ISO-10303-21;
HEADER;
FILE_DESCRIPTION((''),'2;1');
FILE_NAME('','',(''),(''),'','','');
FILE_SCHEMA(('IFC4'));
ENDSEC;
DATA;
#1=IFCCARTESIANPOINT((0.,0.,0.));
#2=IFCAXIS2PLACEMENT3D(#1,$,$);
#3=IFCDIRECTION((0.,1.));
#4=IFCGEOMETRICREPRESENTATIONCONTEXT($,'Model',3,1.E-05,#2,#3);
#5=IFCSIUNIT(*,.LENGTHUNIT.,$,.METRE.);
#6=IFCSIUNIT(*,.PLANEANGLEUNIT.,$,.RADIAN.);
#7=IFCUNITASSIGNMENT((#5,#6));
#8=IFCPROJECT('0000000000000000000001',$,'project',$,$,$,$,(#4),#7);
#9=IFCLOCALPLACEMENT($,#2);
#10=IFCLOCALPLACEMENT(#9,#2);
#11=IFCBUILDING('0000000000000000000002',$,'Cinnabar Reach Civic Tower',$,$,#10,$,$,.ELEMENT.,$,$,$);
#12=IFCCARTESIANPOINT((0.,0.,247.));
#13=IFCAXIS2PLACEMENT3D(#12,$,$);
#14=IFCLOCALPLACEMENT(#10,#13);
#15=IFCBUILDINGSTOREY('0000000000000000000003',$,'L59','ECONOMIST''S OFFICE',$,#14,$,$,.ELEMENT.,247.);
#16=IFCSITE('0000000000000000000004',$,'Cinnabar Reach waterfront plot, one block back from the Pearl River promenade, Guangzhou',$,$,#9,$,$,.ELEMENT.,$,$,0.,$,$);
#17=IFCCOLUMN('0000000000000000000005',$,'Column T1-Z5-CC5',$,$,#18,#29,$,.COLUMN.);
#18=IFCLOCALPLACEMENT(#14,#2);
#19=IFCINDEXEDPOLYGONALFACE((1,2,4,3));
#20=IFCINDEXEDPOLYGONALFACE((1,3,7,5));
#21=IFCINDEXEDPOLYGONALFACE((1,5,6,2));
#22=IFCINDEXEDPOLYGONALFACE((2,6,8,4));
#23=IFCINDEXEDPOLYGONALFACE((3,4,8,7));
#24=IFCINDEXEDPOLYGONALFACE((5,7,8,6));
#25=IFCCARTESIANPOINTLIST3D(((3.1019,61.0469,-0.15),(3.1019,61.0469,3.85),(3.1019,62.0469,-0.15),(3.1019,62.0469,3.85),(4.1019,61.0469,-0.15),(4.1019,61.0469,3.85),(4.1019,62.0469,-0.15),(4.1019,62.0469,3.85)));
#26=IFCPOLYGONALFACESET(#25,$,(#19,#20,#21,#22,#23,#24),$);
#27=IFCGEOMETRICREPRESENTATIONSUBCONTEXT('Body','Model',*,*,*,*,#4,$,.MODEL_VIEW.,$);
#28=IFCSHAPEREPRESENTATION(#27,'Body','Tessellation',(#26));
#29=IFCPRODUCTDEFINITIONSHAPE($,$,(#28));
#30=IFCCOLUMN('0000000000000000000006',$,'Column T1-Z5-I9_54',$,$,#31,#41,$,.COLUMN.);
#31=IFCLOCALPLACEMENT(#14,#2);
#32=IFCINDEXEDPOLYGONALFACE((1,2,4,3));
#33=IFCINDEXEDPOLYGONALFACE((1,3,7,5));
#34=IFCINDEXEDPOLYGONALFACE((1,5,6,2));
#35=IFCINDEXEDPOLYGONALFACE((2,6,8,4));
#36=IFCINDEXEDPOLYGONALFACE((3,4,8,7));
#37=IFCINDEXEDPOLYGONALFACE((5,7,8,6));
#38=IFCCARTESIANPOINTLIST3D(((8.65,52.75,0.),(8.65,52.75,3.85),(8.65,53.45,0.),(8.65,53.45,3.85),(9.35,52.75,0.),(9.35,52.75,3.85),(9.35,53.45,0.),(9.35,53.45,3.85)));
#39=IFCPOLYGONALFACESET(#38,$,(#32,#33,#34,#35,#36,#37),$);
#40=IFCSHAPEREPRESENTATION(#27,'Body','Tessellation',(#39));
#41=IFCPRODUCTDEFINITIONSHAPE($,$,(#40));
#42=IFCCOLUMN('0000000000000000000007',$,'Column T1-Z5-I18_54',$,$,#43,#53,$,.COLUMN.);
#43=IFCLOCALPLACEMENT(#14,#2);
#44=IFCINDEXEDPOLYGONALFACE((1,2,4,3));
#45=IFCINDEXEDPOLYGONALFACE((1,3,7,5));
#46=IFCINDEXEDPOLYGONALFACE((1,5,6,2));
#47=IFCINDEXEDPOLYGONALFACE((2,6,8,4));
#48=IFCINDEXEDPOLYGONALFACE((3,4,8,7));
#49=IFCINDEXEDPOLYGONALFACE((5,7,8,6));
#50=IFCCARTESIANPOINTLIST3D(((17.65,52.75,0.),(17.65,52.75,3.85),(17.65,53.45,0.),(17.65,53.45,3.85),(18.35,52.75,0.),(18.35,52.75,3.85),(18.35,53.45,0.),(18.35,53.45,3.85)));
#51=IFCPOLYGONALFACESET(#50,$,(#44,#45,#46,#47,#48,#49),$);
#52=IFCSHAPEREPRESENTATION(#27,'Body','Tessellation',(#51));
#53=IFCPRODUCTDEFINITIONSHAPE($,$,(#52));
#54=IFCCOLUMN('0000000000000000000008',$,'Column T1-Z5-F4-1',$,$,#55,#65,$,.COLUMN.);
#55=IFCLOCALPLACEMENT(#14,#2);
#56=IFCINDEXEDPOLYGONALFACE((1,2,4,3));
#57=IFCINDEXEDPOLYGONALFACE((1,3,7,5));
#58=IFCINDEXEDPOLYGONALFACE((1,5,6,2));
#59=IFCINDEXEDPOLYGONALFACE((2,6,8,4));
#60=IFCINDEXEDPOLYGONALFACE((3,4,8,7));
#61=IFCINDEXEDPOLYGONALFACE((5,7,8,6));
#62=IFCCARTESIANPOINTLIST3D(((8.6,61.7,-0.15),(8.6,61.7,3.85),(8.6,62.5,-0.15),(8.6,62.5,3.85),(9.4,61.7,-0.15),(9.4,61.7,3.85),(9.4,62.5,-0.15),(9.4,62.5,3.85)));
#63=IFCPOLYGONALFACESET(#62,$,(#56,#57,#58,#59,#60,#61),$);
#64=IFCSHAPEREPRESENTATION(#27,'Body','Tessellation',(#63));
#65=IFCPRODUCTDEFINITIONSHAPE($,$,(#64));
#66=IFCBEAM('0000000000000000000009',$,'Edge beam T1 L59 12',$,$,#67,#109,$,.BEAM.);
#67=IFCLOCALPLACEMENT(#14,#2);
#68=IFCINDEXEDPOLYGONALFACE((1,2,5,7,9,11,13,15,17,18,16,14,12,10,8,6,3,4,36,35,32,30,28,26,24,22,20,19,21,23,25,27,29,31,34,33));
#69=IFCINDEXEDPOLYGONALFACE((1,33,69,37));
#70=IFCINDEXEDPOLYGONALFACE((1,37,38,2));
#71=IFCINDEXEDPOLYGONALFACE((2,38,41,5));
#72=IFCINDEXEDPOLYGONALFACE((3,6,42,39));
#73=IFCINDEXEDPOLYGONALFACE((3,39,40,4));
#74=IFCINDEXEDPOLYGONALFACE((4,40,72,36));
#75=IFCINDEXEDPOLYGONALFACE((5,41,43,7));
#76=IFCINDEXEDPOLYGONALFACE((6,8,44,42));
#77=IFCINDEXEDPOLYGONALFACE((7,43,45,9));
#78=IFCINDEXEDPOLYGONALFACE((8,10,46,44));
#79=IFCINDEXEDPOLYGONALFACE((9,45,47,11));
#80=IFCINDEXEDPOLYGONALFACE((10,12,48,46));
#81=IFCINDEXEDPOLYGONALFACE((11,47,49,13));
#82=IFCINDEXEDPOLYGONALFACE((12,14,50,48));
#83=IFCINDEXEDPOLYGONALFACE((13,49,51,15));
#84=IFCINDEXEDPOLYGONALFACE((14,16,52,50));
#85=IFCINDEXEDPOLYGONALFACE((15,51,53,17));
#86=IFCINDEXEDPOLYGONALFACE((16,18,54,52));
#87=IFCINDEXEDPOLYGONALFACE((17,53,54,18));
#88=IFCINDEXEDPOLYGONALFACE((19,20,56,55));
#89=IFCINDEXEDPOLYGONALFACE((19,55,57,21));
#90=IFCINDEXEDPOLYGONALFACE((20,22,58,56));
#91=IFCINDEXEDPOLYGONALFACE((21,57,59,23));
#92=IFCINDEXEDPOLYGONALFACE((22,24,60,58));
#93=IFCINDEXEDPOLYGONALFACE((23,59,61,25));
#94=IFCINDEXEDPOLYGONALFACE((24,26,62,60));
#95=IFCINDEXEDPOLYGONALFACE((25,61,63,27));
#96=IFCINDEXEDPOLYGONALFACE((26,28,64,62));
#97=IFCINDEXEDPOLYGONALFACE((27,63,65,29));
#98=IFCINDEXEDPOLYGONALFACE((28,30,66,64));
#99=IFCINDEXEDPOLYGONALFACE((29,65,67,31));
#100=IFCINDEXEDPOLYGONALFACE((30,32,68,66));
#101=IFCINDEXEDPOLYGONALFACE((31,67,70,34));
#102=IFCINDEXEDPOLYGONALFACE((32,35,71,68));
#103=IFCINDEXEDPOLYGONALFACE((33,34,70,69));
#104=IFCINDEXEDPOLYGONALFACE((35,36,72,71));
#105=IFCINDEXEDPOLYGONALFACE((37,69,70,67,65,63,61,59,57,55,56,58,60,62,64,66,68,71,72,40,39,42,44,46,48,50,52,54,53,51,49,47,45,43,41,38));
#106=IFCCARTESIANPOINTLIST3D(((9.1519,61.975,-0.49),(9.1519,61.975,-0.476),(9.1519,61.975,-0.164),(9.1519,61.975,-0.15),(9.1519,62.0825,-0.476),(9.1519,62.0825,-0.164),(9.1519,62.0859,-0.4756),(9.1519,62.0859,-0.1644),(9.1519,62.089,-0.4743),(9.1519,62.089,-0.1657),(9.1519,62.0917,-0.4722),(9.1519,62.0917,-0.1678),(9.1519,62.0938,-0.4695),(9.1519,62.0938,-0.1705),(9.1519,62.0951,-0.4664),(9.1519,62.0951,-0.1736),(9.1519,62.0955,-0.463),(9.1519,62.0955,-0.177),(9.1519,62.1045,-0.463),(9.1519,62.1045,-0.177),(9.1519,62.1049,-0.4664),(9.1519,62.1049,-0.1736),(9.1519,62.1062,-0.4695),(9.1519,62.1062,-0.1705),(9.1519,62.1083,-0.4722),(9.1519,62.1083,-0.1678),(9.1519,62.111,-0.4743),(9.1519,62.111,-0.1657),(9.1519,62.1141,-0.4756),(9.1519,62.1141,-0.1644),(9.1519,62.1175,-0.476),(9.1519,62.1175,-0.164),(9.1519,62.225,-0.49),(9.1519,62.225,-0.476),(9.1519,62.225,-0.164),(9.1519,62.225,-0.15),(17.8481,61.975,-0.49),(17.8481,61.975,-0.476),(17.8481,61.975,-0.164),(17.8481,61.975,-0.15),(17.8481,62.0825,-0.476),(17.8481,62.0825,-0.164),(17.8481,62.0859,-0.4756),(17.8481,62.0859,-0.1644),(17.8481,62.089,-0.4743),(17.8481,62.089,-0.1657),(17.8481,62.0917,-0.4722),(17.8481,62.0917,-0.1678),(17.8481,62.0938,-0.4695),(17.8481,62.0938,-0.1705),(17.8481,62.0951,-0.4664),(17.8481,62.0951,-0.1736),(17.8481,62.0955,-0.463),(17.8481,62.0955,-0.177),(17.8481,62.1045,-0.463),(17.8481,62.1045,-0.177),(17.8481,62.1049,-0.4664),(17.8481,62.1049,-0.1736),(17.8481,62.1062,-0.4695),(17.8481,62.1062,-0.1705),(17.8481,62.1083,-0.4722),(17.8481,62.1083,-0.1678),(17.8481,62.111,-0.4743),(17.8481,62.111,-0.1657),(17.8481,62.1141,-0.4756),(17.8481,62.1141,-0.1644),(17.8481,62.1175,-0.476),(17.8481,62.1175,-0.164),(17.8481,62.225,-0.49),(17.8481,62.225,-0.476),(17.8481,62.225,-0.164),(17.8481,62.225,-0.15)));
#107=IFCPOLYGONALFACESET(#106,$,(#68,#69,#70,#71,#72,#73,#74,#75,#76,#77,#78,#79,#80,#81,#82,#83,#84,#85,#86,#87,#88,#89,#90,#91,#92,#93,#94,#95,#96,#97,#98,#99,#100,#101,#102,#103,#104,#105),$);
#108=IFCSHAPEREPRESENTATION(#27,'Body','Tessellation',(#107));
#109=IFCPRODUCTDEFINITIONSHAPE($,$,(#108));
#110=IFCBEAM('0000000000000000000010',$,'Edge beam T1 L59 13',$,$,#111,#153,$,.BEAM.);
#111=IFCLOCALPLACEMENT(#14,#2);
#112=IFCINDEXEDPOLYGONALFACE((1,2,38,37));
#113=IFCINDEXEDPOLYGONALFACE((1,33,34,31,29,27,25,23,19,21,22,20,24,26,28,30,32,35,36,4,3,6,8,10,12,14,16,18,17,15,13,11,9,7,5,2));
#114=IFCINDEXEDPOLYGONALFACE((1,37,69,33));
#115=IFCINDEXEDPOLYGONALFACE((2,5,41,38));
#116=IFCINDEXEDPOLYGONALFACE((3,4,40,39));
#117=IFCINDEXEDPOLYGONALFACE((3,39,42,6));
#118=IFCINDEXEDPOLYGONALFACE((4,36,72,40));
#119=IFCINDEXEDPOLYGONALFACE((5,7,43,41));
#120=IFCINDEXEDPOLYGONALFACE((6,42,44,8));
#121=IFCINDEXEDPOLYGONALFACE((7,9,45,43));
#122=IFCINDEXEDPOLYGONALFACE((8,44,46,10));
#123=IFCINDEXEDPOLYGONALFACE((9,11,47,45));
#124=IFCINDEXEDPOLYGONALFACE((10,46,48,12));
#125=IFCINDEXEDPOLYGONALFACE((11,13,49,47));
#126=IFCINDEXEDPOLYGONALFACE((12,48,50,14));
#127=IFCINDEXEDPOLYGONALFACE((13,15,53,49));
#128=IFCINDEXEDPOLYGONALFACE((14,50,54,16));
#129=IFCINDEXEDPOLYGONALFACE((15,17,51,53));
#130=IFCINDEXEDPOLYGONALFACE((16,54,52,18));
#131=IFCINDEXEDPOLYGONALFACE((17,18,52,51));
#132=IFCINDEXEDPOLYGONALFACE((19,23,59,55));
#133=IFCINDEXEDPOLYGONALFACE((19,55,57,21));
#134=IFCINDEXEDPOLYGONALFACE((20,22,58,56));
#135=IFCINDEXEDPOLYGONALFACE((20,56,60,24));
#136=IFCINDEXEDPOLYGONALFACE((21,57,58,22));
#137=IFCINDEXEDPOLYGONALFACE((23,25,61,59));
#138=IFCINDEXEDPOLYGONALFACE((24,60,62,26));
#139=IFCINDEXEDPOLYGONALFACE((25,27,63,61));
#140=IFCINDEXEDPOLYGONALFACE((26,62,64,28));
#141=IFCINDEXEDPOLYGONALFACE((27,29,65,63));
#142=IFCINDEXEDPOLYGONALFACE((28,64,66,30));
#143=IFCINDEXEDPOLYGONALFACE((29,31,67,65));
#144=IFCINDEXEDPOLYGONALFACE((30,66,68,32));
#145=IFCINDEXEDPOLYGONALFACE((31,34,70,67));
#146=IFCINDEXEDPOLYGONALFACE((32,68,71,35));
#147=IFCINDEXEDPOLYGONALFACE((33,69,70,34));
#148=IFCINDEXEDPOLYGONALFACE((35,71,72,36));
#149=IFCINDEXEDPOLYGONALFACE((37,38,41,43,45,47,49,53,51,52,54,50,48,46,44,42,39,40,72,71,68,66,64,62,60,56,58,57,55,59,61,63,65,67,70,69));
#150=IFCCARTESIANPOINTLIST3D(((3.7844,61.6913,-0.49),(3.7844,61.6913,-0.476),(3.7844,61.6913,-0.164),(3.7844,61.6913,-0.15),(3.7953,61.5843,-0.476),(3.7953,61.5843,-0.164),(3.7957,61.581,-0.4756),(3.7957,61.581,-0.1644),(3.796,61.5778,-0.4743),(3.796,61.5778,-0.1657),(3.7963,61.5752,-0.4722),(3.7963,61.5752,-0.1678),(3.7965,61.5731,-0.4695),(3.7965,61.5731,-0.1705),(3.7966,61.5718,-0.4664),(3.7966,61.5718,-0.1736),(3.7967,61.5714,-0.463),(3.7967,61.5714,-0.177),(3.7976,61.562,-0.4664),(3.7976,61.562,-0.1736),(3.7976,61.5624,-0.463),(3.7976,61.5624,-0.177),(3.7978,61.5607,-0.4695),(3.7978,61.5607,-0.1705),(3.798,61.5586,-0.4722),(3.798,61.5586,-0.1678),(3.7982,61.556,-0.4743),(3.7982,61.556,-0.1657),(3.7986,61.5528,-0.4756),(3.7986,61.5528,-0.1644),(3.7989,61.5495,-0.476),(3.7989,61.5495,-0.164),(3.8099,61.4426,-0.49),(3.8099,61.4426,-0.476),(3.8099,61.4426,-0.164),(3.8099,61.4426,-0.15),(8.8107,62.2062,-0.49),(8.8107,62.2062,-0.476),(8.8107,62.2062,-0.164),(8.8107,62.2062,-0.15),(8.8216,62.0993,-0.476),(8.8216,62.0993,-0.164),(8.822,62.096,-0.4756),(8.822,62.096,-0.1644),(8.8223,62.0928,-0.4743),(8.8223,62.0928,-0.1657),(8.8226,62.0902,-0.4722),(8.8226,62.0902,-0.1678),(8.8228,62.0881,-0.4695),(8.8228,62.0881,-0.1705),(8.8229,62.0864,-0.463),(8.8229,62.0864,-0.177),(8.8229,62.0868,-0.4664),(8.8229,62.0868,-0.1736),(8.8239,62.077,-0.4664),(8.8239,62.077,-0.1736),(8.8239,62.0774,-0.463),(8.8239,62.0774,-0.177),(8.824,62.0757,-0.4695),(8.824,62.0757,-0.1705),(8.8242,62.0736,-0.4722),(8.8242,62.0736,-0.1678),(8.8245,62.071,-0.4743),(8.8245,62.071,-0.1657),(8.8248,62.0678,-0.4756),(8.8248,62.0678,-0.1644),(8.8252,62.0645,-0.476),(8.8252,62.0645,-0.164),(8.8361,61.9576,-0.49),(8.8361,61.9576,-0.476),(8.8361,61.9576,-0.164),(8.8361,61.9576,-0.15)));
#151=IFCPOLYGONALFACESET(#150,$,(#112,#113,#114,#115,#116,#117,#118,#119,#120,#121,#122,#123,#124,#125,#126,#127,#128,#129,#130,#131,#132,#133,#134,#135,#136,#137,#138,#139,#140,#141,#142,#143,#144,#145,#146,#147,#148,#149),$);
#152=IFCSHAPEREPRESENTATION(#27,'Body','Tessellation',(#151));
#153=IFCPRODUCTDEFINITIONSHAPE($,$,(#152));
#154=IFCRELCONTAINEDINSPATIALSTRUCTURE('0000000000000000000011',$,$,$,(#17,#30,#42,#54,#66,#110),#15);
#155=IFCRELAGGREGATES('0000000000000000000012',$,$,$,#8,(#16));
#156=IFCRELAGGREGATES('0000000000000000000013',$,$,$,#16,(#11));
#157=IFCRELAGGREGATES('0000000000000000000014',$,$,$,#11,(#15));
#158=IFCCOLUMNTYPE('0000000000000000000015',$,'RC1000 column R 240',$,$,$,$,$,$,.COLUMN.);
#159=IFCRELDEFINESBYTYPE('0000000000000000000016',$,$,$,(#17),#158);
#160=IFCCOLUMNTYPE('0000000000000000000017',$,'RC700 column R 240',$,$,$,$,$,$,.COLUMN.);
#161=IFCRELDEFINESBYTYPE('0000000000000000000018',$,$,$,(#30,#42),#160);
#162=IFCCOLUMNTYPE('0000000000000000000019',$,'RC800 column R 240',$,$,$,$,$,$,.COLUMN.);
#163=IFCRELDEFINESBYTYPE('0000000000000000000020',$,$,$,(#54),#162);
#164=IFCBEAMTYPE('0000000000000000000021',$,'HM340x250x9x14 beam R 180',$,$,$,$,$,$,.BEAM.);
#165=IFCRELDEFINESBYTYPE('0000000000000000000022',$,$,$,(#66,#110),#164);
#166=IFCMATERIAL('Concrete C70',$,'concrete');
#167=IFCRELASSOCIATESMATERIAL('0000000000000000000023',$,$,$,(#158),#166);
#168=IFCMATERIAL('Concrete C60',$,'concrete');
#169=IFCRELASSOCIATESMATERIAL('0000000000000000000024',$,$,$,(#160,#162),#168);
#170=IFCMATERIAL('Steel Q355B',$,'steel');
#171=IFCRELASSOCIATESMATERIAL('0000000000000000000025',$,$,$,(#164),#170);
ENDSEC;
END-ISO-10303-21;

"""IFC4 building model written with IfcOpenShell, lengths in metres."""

from ifc_helpers import new_model, si_unit, direction, frame, origin, origin_2d, place, context, subcontext, project, spatial, rectangle, i_section, extrude, material, material_profile, profile_set, type_object, element, save


model = new_model("IFC4")

# Units and contexts
model_context = context("Model", 3, precision=1e-05, world=origin(), true_north=direction((0.0, 1.0)))
body_context = subcontext(model_context, "Body", "Model", "MODEL_VIEW")
ifc_project = project(units=[si_unit("LENGTHUNIT", "METRE"), si_unit("PLANEANGLEUNIT", "RADIAN")], contexts=[model_context])

# Site, building, storey
site_placement = place(None, origin())
site = spatial("IfcSite", under=ifc_project, at=site_placement, Name="Cinnabar Reach waterfront plot, one block back from the Pearl River promenade, Guangzhou", CompositionType="ELEMENT", RefElevation=0.0)
building_placement = place(site_placement, origin())
building = spatial("IfcBuilding", under=site, at=building_placement, Name="Cinnabar Reach Civic Tower", CompositionType="ELEMENT")
storey_placement = place(building_placement, frame((0.0, 0.0, 247.0)))
storey = spatial("IfcBuildingStorey", under=building, at=storey_placement, Name="L59", Description="ECONOMIST'S OFFICE", CompositionType="ELEMENT", Elevation=247.0)

# Columns
ifc_material_1 = material(Name="Concrete C70", Category="concrete")
ifc_material_profile_1 = material_profile(ifc_material_1, rectangle(XDim=1.0, YDim=1.0, at=origin_2d()), Name="RC1000")
ifc_profile_set_1 = profile_set([ifc_material_profile_1], Name="Concrete C70")
column_type_1 = type_object("IfcColumnType", Name="RC1000 column R 240", PredefinedType="COLUMN", material=ifc_profile_set_1)
column_1_placement = place(storey_placement, frame((3.6019, 61.5469, -0.15), z_axis=(0.0, 0.0, 1.0), x_axis=(1.0, 0.0, 0.0)))
element("IfcColumn", 1, at=column_1_placement, inside=storey, type_object=column_type_1, Name="Column T1-Z5-CC5", PredefinedType="COLUMN", context=body_context, shape_type="SweptSolid", body=[
    extrude(rectangle(XDim=1.0, YDim=1.0, at=origin_2d()), origin(), (0.0, 0.0, 1.0), 4.0),
])
ifc_material_2 = material(Name="Concrete C60", Category="concrete")
ifc_material_profile_2 = material_profile(ifc_material_2, rectangle(XDim=0.7, YDim=0.7, at=origin_2d()), Name="RC700")
ifc_profile_set_2 = profile_set([ifc_material_profile_2], Name="Concrete C60")
column_type_2 = type_object("IfcColumnType", Name="RC700 column R 240", PredefinedType="COLUMN", material=ifc_profile_set_2)
for number, where, z_axis, x_axis, name in (
    (2, (9.0, 53.1, 0.0), (0.0, 0.0, 1.0), (1.0, 0.0, 0.0), "Column T1-Z5-I9_54"),
    (3, (18.0, 53.1, 0.0), (0.0, 0.0, 1.0), (1.0, 0.0, 0.0), "Column T1-Z5-I18_54"),
):
    element("IfcColumn", number, at=place(storey_placement, frame(where, z_axis=z_axis, x_axis=x_axis)), inside=storey, type_object=column_type_2, Name=name, PredefinedType="COLUMN", context=body_context, shape_type="SweptSolid", body=[
        extrude(rectangle(XDim=0.7, YDim=0.7, at=origin_2d()), origin(), (0.0, 0.0, 1.0), 3.85),
    ])
ifc_material_profile_3 = material_profile(ifc_material_2, rectangle(XDim=0.8, YDim=0.8, at=origin_2d()), Name="RC800")
ifc_profile_set_3 = profile_set([ifc_material_profile_3], Name="Concrete C60")
column_type_3 = type_object("IfcColumnType", Name="RC800 column R 240", PredefinedType="COLUMN", material=ifc_profile_set_3)
column_2_placement = place(storey_placement, frame((9.0, 62.1, -0.15), z_axis=(0.0, 0.0, 1.0), x_axis=(1.0, 0.0, 0.0)))
element("IfcColumn", 4, at=column_2_placement, inside=storey, type_object=column_type_3, Name="Column T1-Z5-F4-1", PredefinedType="COLUMN", context=body_context, shape_type="SweptSolid", body=[
    extrude(rectangle(XDim=0.8, YDim=0.8, at=origin_2d()), origin(), (0.0, 0.0, 1.0), 4.0),
])

# Beams
ifc_material_3 = material(Name="Steel Q355B", Category="steel")
ifc_material_profile_4 = material_profile(ifc_material_3, i_section(OverallWidth=0.25, OverallDepth=0.34, WebThickness=0.009, FlangeThickness=0.014, FilletRadius=0.013, at=origin_2d()), Name="HM340x250x9x14")
ifc_profile_set_4 = profile_set([ifc_material_profile_4], Name="Steel Q355B")
beam_type_1 = type_object("IfcBeamType", Name="HM340x250x9x14 beam R 180", PredefinedType="BEAM", material=ifc_profile_set_4)
beam_1_placement = place(storey_placement, frame((17.8481, 62.1, -0.32), z_axis=(-1.0, 0.0, 0.0), x_axis=(0.0, -1.0, 0.0)))
element("IfcBeam", 5, at=beam_1_placement, inside=storey, type_object=beam_type_1, Name="Edge beam T1 L59 12", PredefinedType="BEAM", context=body_context, shape_type="SweptSolid", body=[
    extrude(i_section(OverallWidth=0.25, OverallDepth=0.34, WebThickness=0.009, FlangeThickness=0.014, FilletRadius=0.013, at=origin_2d()), origin(), (0.0, 0.0, 1.0), 8.6962),
])
beam_2_placement = place(storey_placement, frame((8.8234, 62.0819, -0.32), z_axis=(-0.994792, -0.101927, 0.0), x_axis=(0.101927, -0.994792, 0.0)))
element("IfcBeam", 6, at=beam_2_placement, inside=storey, type_object=beam_type_1, Name="Edge beam T1 L59 13", PredefinedType="BEAM", context=body_context, shape_type="SweptSolid", body=[
    extrude(i_section(OverallWidth=0.25, OverallDepth=0.34, WebThickness=0.009, FlangeThickness=0.014, FilletRadius=0.013, at=origin_2d()), origin(), (0.0, 0.0, 1.0), 5.0526),
])

save(model, "model.ifc")
